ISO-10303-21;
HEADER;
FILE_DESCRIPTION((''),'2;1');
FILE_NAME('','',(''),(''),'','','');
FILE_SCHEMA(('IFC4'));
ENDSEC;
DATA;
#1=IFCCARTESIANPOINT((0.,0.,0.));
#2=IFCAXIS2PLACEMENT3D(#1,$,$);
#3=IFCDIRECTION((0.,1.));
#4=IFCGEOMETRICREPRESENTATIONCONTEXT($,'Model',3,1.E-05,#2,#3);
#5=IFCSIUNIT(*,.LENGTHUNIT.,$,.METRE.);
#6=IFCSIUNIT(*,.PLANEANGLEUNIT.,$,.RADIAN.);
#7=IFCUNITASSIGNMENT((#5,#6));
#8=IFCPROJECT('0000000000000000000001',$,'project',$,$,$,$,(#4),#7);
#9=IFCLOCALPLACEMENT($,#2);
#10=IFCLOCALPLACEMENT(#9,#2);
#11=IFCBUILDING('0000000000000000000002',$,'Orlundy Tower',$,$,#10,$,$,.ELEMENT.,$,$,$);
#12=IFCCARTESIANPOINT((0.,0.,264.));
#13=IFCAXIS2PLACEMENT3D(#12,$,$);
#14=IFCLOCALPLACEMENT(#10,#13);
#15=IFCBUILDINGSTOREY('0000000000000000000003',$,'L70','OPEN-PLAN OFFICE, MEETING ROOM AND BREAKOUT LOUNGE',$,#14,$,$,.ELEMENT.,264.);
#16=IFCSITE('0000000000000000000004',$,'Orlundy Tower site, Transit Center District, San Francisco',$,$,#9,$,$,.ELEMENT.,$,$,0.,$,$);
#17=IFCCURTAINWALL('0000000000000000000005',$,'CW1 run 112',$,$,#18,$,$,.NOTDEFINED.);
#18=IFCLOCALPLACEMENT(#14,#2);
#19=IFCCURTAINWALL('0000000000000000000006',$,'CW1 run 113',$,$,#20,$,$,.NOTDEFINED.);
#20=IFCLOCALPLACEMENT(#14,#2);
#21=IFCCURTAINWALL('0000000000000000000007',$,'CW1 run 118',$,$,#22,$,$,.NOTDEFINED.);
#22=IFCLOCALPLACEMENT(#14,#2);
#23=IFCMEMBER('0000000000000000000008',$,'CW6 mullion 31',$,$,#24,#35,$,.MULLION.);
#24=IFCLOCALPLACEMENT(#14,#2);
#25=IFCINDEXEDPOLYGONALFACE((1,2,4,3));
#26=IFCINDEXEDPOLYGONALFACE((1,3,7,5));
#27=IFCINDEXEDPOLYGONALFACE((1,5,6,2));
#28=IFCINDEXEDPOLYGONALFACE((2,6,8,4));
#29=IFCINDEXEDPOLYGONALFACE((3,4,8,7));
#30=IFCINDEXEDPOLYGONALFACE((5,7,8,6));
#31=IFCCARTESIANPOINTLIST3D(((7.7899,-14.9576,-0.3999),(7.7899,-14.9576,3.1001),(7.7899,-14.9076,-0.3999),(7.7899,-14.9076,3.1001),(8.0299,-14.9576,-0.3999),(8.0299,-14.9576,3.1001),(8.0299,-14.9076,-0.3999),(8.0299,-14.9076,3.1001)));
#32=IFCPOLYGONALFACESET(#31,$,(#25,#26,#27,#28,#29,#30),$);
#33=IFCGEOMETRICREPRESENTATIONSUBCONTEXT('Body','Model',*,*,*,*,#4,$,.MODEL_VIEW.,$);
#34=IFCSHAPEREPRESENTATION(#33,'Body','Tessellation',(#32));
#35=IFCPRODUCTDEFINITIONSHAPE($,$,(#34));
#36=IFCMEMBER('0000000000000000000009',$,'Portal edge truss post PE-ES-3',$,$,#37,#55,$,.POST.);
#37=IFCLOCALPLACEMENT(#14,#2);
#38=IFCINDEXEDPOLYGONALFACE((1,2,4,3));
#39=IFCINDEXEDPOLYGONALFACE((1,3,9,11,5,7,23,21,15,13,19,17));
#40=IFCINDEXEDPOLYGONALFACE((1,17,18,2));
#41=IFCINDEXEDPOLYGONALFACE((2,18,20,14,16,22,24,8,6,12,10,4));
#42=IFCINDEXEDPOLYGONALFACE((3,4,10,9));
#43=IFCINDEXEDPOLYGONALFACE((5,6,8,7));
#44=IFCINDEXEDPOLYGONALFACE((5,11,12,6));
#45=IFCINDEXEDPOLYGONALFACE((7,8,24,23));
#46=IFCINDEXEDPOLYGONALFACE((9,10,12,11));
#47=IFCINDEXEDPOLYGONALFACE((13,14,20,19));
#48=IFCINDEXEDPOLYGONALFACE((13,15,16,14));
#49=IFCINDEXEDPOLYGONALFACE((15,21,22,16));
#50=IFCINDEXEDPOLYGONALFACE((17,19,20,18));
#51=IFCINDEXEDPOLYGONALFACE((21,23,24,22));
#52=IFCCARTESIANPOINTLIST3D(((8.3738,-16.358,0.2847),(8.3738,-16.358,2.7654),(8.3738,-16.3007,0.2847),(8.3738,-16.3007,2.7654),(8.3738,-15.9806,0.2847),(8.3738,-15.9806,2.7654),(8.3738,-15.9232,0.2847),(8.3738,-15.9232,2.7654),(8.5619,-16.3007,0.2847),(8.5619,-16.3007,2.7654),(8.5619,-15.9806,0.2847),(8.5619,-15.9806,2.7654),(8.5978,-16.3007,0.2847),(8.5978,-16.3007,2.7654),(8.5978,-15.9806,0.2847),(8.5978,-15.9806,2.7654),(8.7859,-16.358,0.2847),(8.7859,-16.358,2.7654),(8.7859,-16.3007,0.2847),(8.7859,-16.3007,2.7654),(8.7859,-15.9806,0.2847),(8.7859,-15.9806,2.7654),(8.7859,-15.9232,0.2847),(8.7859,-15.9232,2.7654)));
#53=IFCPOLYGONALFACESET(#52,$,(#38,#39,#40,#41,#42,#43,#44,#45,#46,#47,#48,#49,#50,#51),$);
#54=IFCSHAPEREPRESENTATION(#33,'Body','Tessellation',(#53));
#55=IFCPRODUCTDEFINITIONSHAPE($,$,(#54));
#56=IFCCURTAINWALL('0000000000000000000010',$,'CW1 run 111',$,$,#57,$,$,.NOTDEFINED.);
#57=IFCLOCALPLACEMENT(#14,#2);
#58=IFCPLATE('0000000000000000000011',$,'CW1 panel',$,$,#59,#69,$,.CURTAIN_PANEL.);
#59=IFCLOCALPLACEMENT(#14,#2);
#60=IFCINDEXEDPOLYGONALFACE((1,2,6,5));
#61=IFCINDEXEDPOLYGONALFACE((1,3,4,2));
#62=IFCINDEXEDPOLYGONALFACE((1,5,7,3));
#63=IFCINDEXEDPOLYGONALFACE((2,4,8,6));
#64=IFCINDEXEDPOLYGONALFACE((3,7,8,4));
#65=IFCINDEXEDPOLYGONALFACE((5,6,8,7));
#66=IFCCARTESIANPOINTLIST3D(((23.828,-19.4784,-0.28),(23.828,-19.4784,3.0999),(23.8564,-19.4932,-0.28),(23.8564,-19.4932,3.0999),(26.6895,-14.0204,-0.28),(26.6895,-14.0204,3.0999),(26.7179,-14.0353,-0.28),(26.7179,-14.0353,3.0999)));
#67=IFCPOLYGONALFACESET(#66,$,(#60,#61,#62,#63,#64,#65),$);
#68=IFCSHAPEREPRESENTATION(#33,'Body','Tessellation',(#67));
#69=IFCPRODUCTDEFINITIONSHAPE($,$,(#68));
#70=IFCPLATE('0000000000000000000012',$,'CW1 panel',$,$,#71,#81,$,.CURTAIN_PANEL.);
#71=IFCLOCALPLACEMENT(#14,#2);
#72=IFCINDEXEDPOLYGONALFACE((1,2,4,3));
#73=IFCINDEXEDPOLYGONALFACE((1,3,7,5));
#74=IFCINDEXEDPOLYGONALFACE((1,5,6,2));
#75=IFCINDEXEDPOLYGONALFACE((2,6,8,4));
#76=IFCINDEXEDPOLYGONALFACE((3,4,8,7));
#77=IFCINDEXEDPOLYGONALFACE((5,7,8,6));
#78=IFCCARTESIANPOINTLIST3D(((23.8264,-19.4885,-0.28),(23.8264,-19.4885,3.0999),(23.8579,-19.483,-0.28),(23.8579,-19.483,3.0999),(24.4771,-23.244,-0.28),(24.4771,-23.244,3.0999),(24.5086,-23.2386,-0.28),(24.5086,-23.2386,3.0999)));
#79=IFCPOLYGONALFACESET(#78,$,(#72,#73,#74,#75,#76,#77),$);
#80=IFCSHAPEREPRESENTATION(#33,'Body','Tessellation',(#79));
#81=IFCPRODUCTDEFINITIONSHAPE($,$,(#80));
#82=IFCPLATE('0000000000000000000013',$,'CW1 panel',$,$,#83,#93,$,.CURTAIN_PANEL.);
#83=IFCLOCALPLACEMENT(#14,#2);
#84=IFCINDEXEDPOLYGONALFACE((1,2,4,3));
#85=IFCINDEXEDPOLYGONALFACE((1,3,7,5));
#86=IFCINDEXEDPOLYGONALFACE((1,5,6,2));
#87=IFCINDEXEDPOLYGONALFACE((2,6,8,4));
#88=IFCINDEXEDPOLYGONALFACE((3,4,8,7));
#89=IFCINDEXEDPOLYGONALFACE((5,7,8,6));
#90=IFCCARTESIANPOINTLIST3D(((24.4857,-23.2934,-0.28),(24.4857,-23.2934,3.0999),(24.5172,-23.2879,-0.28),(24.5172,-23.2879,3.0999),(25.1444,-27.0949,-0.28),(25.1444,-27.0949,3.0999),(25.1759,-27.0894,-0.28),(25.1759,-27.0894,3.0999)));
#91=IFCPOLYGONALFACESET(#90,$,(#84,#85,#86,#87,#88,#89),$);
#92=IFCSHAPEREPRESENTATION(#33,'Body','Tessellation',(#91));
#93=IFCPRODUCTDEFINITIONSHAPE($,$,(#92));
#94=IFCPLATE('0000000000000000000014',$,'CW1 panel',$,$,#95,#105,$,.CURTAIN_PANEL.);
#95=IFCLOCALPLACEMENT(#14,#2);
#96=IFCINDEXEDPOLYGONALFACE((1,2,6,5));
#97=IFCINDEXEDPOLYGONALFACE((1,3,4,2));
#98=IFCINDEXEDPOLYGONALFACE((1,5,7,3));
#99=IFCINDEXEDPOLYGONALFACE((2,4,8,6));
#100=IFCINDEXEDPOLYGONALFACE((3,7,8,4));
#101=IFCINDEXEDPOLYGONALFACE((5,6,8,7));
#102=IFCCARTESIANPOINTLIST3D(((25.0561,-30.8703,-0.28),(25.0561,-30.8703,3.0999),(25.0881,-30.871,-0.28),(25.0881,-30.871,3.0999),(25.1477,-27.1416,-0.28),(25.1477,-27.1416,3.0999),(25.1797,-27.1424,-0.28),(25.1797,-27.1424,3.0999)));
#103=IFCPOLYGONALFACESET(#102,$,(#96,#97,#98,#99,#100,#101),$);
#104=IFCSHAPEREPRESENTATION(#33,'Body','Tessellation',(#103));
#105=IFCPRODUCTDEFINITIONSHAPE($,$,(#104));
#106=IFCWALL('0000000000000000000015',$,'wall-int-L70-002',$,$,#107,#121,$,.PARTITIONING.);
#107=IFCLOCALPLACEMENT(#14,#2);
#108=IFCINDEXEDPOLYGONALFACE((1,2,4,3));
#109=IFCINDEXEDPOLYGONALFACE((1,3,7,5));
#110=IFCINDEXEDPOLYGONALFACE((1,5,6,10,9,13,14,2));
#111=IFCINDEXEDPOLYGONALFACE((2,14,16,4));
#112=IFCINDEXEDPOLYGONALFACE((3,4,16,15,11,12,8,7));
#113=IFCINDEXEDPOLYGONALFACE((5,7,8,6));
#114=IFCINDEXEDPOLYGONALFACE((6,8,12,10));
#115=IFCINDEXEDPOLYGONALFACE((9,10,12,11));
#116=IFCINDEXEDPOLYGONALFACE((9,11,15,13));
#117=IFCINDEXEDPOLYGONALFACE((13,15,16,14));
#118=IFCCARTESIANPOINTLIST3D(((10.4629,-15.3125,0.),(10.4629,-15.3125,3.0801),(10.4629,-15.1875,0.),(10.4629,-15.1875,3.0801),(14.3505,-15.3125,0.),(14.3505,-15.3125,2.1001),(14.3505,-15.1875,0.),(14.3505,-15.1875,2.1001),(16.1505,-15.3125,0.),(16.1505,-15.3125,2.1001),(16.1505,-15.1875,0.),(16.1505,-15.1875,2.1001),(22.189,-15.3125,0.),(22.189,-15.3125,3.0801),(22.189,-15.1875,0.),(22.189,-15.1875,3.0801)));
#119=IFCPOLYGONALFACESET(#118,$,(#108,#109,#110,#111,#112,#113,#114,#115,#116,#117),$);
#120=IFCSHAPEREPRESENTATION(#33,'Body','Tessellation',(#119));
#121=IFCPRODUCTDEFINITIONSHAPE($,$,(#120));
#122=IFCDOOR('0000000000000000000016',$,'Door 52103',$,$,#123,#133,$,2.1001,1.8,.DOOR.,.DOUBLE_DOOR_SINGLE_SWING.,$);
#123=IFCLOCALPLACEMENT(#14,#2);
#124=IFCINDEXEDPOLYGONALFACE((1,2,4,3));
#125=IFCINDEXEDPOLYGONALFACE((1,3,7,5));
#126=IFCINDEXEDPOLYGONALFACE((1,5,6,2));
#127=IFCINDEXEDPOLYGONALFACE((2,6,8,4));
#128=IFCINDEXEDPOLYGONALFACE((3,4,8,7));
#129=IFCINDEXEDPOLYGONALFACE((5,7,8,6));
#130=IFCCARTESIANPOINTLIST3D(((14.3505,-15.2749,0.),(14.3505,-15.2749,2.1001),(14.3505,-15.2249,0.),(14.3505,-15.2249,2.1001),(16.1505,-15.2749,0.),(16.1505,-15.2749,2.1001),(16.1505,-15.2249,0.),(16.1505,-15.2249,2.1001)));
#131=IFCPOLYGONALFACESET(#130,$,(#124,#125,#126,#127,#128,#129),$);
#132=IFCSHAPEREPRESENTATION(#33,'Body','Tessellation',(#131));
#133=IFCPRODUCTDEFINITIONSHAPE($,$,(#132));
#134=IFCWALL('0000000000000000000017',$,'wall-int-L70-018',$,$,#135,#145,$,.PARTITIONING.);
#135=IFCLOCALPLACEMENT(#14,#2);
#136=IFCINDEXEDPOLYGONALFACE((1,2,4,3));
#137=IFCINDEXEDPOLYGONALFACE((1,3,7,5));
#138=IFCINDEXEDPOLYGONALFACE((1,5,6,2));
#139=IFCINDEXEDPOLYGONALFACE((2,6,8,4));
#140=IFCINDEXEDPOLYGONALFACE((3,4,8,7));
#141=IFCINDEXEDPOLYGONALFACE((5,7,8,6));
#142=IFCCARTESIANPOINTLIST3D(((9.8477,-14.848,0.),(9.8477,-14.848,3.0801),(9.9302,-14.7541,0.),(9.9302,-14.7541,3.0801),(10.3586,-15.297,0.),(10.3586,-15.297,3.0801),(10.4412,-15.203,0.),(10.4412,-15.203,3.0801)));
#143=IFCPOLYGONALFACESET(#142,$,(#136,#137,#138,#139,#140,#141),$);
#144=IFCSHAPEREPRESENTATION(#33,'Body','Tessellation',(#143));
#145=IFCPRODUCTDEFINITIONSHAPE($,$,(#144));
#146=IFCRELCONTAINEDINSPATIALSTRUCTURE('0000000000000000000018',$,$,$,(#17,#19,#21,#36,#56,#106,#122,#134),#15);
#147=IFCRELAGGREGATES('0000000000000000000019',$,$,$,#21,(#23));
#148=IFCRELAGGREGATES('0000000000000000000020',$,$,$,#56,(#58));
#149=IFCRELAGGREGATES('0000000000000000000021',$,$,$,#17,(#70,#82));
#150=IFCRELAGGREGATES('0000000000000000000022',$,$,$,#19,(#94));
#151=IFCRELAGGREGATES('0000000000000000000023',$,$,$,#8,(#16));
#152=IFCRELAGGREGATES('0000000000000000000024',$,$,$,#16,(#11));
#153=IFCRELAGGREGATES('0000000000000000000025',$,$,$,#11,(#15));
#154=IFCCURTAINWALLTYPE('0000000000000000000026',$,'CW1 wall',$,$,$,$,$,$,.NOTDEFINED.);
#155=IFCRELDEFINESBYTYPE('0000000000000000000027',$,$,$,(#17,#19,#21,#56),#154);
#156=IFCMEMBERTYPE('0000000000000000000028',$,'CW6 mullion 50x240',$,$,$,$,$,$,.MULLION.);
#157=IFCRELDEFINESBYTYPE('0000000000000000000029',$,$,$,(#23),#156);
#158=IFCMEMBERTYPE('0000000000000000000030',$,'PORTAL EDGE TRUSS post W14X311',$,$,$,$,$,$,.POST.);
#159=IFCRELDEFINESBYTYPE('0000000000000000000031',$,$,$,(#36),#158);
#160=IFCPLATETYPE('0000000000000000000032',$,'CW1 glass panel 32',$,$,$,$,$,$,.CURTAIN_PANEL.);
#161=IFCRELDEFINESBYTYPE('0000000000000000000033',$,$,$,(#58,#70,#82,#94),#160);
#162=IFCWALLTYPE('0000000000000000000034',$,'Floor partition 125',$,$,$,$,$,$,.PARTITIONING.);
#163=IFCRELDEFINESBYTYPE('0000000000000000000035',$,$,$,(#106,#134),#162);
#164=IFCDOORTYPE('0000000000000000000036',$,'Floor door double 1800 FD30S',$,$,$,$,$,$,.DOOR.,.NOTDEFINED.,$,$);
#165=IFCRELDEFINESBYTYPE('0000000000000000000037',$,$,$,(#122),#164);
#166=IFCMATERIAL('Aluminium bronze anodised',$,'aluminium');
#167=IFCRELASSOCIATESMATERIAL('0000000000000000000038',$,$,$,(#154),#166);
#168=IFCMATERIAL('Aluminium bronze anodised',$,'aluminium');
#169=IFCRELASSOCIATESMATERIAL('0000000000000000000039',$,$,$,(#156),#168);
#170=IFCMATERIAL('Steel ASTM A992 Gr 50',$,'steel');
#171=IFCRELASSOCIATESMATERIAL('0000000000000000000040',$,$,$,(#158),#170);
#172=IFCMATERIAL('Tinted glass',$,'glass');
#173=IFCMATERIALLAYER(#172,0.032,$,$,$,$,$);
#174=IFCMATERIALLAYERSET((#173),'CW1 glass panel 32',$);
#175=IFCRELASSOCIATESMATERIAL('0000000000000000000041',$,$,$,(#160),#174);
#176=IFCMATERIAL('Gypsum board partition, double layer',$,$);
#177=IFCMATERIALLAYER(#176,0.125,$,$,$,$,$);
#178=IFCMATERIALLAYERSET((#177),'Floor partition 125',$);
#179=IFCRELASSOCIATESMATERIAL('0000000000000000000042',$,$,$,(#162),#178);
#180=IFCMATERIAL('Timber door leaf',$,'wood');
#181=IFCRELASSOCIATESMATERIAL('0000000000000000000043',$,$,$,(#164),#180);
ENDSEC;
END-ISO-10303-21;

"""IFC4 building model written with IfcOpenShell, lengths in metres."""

from ifc_helpers import new_model, si_unit, direction, frame, frame_2d, origin, origin_2d, place, context, subcontext, project, spatial, rectangle, i_section, extrude, material, layer, layer_set, material_profile, profile_set, type_object, element, fill, aggregate, save


model = new_model("IFC4")

# Units and contexts
model_context = context("Model", 3, precision=1e-05, world=origin(), true_north=direction((0.0, 1.0)))
body_context = subcontext(model_context, "Body", "Model", "MODEL_VIEW")
ifc_project = project(units=[si_unit("LENGTHUNIT", "METRE"), si_unit("PLANEANGLEUNIT", "RADIAN")], contexts=[model_context])

# Site, building, storey
site_placement = place(None, origin())
site = spatial("IfcSite", under=ifc_project, at=site_placement, Name="Orlundy Tower site, Transit Center District, San Francisco", CompositionType="ELEMENT", RefElevation=0.0)
building_placement = place(site_placement, origin())
building = spatial("IfcBuilding", under=site, at=building_placement, Name="Orlundy Tower", CompositionType="ELEMENT")
storey_placement = place(building_placement, frame((0.0, 0.0, 264.0)))
storey = spatial("IfcBuildingStorey", under=building, at=storey_placement, Name="L70", Description="OPEN-PLAN OFFICE, MEETING ROOM AND BREAKOUT LOUNGE", CompositionType="ELEMENT", Elevation=264.0)

# Curtain wall
ifc_material_1 = material(Name="Aluminium bronze anodised", Category="aluminium")
curtain_wall_type = type_object("IfcCurtainWallType", Name="CW1 wall", PredefinedType="NOTDEFINED", material=ifc_material_1)
curtain_wall_1_placement = place(storey_placement, origin())
curtain_wall_1 = element("IfcCurtainWall", 1, at=curtain_wall_1_placement, inside=storey, type_object=curtain_wall_type, Name="CW1 run 112", PredefinedType="NOTDEFINED")

# Curtain wall
curtain_wall_2_placement = place(storey_placement, origin())
curtain_wall_2 = element("IfcCurtainWall", 2, at=curtain_wall_2_placement, inside=storey, type_object=curtain_wall_type, Name="CW1 run 113", PredefinedType="NOTDEFINED")

# Curtain wall, member
curtain_wall_3_placement = place(storey_placement, origin())
curtain_wall_3 = element("IfcCurtainWall", 3, at=curtain_wall_3_placement, inside=storey, type_object=curtain_wall_type, Name="CW1 run 118", PredefinedType="NOTDEFINED")
ifc_material_2 = material(Name="Aluminium bronze anodised", Category="aluminium")
ifc_material_profile_1 = material_profile(ifc_material_2, rectangle(XDim=0.24, YDim=0.05, at=origin_2d()), Name="CW6 mullion 50x240")
ifc_profile_set_1 = profile_set([ifc_material_profile_1], Name="Aluminium bronze anodised")
member_type_1 = type_object("IfcMemberType", Name="CW6 mullion 50x240", PredefinedType="MULLION", material=ifc_profile_set_1)
member_1_placement = place(storey_placement, frame((7.9099, -14.9326, -0.3999), z_axis=(0.0, 0.0, 1.0), x_axis=(-1.0, 0.0, 0.0)))
member_1 = element("IfcMember", 4, at=member_1_placement, type_object=member_type_1, Name="CW6 mullion 31", PredefinedType="MULLION", context=body_context, shape_type="SweptSolid", body=[
    extrude(rectangle(XDim=0.24, YDim=0.05, at=origin_2d()), origin(), (0.0, 0.0, 1.0), 3.5),
])
aggregate(curtain_wall_3, [member_1])

# Member
ifc_material_3 = material(Name="Steel ASTM A992 Gr 50", Category="steel")
ifc_material_profile_2 = material_profile(ifc_material_3, i_section(OverallWidth=0.4121, OverallDepth=0.4348, WebThickness=0.0359, FlangeThickness=0.0574, at=origin_2d()), Name="W14X311")
ifc_profile_set_2 = profile_set([ifc_material_profile_2], Name="Steel ASTM A992 Gr 50")
member_type_2 = type_object("IfcMemberType", Name="PORTAL EDGE TRUSS post W14X311", PredefinedType="POST", material=ifc_profile_set_2)
member_2_placement = place(storey_placement, frame((8.5798, -16.1406, 0.2847), z_axis=(0.0, 0.0, 1.0), x_axis=(1.0, 0.0, 0.0)))
element("IfcMember", 5, at=member_2_placement, inside=storey, type_object=member_type_2, Name="Portal edge truss post PE-ES-3", PredefinedType="POST", context=body_context, shape_type="SweptSolid", body=[
    extrude(i_section(OverallWidth=0.4121, OverallDepth=0.4348, WebThickness=0.0359, FlangeThickness=0.0574, at=origin_2d()), origin(), (0.0, 0.0, 1.0), 2.4807),
])

# Curtain wall, plate
curtain_wall_4_placement = place(storey_placement, origin())
curtain_wall_4 = element("IfcCurtainWall", 6, at=curtain_wall_4_placement, inside=storey, type_object=curtain_wall_type, Name="CW1 run 111", PredefinedType="NOTDEFINED")
ifc_material_4 = material(Name="Tinted glass", Category="glass")
ifc_layer_1 = layer(ifc_material_4, 0.032)
ifc_layer_set_1 = layer_set([ifc_layer_1], Name="CW1 glass panel 32")
plate_type = type_object("IfcPlateType", Name="CW1 glass panel 32", PredefinedType="CURTAIN_PANEL", material=ifc_layer_set_1)
plate_1_placement = place(storey_placement, frame((25.2729, -16.7568, -0.28), z_axis=(0.0, 0.0, 1.0), x_axis=(-0.464333, -0.885661, 0.0)))
plate_1 = element("IfcPlate", 7, at=plate_1_placement, type_object=plate_type, Name="CW1 panel", PredefinedType="CURTAIN_PANEL", context=body_context, shape_type="SweptSolid", body=[
    extrude(rectangle(XDim=6.1626, YDim=0.032, at=origin_2d()), origin(), (0.0, 0.0, 1.0), 3.3799),
])
aggregate(curtain_wall_4, [plate_1])

# Plates
plate_2_placement = place(storey_placement, frame((24.1675, -21.3635, -0.28), z_axis=(0.0, 0.0, 1.0), x_axis=(0.170729, -0.985318, 0.0)))
plate_2 = element("IfcPlate", 8, at=plate_2_placement, type_object=plate_type, Name="CW1 panel", PredefinedType="CURTAIN_PANEL", context=body_context, shape_type="SweptSolid", body=[
    extrude(rectangle(XDim=3.8115, YDim=0.032, at=origin_2d()), origin(), (0.0, 0.0, 1.0), 3.3799),
])
plate_3_placement = place(storey_placement, frame((24.8308, -25.1914, -0.28), z_axis=(0.0, 0.0, 1.0), x_axis=(0.170729, -0.985318, 0.0)))
plate_3 = element("IfcPlate", 9, at=plate_3_placement, type_object=plate_type, Name="CW1 panel", PredefinedType="CURTAIN_PANEL", context=body_context, shape_type="SweptSolid", body=[
    extrude(rectangle(XDim=3.8582, YDim=0.032, at=origin_2d()), origin(), (0.0, 0.0, 1.0), 3.3799),
])
aggregate(curtain_wall_1, [plate_2, plate_3])
plate_4_placement = place(storey_placement, frame((25.1179, -29.0063, -0.28), z_axis=(0.0, 0.0, 1.0), x_axis=(-0.024554, -0.999699, 0.0)))
plate_4 = element("IfcPlate", 10, at=plate_4_placement, type_object=plate_type, Name="CW1 panel", PredefinedType="CURTAIN_PANEL", context=body_context, shape_type="SweptSolid", body=[
    extrude(rectangle(XDim=3.7297, YDim=0.032, at=origin_2d()), origin(), (0.0, 0.0, 1.0), 3.3799),
])
aggregate(curtain_wall_2, [plate_4])

# Wall, opening, door
ifc_material_5 = material(Name="Gypsum board partition, double layer")
ifc_layer_2 = layer(ifc_material_5, 0.125)
ifc_layer_set_2 = layer_set([ifc_layer_2], Name="Floor partition 125")
wall_type = type_object("IfcWallType", Name="Floor partition 125", PredefinedType="PARTITIONING", material=ifc_layer_set_2)
wall_1_placement = place(storey_placement, frame((22.189, -15.25, 0.0), z_axis=(0.0, 0.0, 1.0), x_axis=(-1.0, 0.0, 0.0)))
wall_1 = element("IfcWall", 11, at=wall_1_placement, inside=storey, type_object=wall_type, Name="wall-int-L70-002", PredefinedType="PARTITIONING", context=body_context, shape_type="SweptSolid", body=[
    extrude(rectangle(XDim=11.7261, YDim=0.125, at=frame_2d((5.863, 0.0))), origin(), (0.0, 0.0, 1.0), 3.0801),
])
opening_placement = place(wall_1_placement, frame((6.0386, 0.0, 0.0)))
opening = element("IfcOpeningElement", 12, at=opening_placement, cuts=wall_1, PredefinedType="OPENING", context=body_context, shape_type="SweptSolid", body=[
    extrude(rectangle(XDim=1.8, YDim=2.1001, at=frame_2d((0.8999, 1.05))), frame((0.0, 0.0725, 0.0), z_axis=(0.0, -1.0, 0.0), x_axis=(1.0, 0.0, 0.0)), (0.0, 0.0, 1.0), 0.145),
])
ifc_material_6 = material(Name="Timber door leaf", Category="wood")
door_type = type_object("IfcDoorType", Name="Floor door double 1800 FD30S", OperationType="NOTDEFINED", PredefinedType="DOOR", material=ifc_material_6)
door_placement = place(opening_placement, origin())
door = element("IfcDoor", 13, at=door_placement, inside=storey, type_object=door_type, Name="Door 52103", OperationType="DOUBLE_DOOR_SINGLE_SWING", OverallHeight=2.1001, OverallWidth=1.8, PredefinedType="DOOR", context=body_context, shape_type="SweptSolid", body=[
    extrude(rectangle(XDim=1.8, YDim=2.1001, at=frame_2d((0.8999, 1.05))), frame((0.0, 0.0249, 0.0), z_axis=(0.0, -1.0, 0.0), x_axis=(1.0, 0.0, 0.0)), (0.0, 0.0, 1.0), 0.05),
])
fill(opening, door)

# Wall
wall_2_placement = place(storey_placement, frame((10.3999, -15.25, 0.0), z_axis=(0.0, 0.0, 1.0), x_axis=(-0.751219, 0.660053, 0.0)))
element("IfcWall", 14, at=wall_2_placement, inside=storey, type_object=wall_type, Name="wall-int-L70-018", PredefinedType="PARTITIONING", context=body_context, shape_type="SweptSolid", body=[
    extrude(rectangle(XDim=0.6802, YDim=0.125, at=frame_2d((0.3401, 0.0))), origin(), (0.0, 0.0, 1.0), 3.0801),
])

save(model, "model.ifc")
